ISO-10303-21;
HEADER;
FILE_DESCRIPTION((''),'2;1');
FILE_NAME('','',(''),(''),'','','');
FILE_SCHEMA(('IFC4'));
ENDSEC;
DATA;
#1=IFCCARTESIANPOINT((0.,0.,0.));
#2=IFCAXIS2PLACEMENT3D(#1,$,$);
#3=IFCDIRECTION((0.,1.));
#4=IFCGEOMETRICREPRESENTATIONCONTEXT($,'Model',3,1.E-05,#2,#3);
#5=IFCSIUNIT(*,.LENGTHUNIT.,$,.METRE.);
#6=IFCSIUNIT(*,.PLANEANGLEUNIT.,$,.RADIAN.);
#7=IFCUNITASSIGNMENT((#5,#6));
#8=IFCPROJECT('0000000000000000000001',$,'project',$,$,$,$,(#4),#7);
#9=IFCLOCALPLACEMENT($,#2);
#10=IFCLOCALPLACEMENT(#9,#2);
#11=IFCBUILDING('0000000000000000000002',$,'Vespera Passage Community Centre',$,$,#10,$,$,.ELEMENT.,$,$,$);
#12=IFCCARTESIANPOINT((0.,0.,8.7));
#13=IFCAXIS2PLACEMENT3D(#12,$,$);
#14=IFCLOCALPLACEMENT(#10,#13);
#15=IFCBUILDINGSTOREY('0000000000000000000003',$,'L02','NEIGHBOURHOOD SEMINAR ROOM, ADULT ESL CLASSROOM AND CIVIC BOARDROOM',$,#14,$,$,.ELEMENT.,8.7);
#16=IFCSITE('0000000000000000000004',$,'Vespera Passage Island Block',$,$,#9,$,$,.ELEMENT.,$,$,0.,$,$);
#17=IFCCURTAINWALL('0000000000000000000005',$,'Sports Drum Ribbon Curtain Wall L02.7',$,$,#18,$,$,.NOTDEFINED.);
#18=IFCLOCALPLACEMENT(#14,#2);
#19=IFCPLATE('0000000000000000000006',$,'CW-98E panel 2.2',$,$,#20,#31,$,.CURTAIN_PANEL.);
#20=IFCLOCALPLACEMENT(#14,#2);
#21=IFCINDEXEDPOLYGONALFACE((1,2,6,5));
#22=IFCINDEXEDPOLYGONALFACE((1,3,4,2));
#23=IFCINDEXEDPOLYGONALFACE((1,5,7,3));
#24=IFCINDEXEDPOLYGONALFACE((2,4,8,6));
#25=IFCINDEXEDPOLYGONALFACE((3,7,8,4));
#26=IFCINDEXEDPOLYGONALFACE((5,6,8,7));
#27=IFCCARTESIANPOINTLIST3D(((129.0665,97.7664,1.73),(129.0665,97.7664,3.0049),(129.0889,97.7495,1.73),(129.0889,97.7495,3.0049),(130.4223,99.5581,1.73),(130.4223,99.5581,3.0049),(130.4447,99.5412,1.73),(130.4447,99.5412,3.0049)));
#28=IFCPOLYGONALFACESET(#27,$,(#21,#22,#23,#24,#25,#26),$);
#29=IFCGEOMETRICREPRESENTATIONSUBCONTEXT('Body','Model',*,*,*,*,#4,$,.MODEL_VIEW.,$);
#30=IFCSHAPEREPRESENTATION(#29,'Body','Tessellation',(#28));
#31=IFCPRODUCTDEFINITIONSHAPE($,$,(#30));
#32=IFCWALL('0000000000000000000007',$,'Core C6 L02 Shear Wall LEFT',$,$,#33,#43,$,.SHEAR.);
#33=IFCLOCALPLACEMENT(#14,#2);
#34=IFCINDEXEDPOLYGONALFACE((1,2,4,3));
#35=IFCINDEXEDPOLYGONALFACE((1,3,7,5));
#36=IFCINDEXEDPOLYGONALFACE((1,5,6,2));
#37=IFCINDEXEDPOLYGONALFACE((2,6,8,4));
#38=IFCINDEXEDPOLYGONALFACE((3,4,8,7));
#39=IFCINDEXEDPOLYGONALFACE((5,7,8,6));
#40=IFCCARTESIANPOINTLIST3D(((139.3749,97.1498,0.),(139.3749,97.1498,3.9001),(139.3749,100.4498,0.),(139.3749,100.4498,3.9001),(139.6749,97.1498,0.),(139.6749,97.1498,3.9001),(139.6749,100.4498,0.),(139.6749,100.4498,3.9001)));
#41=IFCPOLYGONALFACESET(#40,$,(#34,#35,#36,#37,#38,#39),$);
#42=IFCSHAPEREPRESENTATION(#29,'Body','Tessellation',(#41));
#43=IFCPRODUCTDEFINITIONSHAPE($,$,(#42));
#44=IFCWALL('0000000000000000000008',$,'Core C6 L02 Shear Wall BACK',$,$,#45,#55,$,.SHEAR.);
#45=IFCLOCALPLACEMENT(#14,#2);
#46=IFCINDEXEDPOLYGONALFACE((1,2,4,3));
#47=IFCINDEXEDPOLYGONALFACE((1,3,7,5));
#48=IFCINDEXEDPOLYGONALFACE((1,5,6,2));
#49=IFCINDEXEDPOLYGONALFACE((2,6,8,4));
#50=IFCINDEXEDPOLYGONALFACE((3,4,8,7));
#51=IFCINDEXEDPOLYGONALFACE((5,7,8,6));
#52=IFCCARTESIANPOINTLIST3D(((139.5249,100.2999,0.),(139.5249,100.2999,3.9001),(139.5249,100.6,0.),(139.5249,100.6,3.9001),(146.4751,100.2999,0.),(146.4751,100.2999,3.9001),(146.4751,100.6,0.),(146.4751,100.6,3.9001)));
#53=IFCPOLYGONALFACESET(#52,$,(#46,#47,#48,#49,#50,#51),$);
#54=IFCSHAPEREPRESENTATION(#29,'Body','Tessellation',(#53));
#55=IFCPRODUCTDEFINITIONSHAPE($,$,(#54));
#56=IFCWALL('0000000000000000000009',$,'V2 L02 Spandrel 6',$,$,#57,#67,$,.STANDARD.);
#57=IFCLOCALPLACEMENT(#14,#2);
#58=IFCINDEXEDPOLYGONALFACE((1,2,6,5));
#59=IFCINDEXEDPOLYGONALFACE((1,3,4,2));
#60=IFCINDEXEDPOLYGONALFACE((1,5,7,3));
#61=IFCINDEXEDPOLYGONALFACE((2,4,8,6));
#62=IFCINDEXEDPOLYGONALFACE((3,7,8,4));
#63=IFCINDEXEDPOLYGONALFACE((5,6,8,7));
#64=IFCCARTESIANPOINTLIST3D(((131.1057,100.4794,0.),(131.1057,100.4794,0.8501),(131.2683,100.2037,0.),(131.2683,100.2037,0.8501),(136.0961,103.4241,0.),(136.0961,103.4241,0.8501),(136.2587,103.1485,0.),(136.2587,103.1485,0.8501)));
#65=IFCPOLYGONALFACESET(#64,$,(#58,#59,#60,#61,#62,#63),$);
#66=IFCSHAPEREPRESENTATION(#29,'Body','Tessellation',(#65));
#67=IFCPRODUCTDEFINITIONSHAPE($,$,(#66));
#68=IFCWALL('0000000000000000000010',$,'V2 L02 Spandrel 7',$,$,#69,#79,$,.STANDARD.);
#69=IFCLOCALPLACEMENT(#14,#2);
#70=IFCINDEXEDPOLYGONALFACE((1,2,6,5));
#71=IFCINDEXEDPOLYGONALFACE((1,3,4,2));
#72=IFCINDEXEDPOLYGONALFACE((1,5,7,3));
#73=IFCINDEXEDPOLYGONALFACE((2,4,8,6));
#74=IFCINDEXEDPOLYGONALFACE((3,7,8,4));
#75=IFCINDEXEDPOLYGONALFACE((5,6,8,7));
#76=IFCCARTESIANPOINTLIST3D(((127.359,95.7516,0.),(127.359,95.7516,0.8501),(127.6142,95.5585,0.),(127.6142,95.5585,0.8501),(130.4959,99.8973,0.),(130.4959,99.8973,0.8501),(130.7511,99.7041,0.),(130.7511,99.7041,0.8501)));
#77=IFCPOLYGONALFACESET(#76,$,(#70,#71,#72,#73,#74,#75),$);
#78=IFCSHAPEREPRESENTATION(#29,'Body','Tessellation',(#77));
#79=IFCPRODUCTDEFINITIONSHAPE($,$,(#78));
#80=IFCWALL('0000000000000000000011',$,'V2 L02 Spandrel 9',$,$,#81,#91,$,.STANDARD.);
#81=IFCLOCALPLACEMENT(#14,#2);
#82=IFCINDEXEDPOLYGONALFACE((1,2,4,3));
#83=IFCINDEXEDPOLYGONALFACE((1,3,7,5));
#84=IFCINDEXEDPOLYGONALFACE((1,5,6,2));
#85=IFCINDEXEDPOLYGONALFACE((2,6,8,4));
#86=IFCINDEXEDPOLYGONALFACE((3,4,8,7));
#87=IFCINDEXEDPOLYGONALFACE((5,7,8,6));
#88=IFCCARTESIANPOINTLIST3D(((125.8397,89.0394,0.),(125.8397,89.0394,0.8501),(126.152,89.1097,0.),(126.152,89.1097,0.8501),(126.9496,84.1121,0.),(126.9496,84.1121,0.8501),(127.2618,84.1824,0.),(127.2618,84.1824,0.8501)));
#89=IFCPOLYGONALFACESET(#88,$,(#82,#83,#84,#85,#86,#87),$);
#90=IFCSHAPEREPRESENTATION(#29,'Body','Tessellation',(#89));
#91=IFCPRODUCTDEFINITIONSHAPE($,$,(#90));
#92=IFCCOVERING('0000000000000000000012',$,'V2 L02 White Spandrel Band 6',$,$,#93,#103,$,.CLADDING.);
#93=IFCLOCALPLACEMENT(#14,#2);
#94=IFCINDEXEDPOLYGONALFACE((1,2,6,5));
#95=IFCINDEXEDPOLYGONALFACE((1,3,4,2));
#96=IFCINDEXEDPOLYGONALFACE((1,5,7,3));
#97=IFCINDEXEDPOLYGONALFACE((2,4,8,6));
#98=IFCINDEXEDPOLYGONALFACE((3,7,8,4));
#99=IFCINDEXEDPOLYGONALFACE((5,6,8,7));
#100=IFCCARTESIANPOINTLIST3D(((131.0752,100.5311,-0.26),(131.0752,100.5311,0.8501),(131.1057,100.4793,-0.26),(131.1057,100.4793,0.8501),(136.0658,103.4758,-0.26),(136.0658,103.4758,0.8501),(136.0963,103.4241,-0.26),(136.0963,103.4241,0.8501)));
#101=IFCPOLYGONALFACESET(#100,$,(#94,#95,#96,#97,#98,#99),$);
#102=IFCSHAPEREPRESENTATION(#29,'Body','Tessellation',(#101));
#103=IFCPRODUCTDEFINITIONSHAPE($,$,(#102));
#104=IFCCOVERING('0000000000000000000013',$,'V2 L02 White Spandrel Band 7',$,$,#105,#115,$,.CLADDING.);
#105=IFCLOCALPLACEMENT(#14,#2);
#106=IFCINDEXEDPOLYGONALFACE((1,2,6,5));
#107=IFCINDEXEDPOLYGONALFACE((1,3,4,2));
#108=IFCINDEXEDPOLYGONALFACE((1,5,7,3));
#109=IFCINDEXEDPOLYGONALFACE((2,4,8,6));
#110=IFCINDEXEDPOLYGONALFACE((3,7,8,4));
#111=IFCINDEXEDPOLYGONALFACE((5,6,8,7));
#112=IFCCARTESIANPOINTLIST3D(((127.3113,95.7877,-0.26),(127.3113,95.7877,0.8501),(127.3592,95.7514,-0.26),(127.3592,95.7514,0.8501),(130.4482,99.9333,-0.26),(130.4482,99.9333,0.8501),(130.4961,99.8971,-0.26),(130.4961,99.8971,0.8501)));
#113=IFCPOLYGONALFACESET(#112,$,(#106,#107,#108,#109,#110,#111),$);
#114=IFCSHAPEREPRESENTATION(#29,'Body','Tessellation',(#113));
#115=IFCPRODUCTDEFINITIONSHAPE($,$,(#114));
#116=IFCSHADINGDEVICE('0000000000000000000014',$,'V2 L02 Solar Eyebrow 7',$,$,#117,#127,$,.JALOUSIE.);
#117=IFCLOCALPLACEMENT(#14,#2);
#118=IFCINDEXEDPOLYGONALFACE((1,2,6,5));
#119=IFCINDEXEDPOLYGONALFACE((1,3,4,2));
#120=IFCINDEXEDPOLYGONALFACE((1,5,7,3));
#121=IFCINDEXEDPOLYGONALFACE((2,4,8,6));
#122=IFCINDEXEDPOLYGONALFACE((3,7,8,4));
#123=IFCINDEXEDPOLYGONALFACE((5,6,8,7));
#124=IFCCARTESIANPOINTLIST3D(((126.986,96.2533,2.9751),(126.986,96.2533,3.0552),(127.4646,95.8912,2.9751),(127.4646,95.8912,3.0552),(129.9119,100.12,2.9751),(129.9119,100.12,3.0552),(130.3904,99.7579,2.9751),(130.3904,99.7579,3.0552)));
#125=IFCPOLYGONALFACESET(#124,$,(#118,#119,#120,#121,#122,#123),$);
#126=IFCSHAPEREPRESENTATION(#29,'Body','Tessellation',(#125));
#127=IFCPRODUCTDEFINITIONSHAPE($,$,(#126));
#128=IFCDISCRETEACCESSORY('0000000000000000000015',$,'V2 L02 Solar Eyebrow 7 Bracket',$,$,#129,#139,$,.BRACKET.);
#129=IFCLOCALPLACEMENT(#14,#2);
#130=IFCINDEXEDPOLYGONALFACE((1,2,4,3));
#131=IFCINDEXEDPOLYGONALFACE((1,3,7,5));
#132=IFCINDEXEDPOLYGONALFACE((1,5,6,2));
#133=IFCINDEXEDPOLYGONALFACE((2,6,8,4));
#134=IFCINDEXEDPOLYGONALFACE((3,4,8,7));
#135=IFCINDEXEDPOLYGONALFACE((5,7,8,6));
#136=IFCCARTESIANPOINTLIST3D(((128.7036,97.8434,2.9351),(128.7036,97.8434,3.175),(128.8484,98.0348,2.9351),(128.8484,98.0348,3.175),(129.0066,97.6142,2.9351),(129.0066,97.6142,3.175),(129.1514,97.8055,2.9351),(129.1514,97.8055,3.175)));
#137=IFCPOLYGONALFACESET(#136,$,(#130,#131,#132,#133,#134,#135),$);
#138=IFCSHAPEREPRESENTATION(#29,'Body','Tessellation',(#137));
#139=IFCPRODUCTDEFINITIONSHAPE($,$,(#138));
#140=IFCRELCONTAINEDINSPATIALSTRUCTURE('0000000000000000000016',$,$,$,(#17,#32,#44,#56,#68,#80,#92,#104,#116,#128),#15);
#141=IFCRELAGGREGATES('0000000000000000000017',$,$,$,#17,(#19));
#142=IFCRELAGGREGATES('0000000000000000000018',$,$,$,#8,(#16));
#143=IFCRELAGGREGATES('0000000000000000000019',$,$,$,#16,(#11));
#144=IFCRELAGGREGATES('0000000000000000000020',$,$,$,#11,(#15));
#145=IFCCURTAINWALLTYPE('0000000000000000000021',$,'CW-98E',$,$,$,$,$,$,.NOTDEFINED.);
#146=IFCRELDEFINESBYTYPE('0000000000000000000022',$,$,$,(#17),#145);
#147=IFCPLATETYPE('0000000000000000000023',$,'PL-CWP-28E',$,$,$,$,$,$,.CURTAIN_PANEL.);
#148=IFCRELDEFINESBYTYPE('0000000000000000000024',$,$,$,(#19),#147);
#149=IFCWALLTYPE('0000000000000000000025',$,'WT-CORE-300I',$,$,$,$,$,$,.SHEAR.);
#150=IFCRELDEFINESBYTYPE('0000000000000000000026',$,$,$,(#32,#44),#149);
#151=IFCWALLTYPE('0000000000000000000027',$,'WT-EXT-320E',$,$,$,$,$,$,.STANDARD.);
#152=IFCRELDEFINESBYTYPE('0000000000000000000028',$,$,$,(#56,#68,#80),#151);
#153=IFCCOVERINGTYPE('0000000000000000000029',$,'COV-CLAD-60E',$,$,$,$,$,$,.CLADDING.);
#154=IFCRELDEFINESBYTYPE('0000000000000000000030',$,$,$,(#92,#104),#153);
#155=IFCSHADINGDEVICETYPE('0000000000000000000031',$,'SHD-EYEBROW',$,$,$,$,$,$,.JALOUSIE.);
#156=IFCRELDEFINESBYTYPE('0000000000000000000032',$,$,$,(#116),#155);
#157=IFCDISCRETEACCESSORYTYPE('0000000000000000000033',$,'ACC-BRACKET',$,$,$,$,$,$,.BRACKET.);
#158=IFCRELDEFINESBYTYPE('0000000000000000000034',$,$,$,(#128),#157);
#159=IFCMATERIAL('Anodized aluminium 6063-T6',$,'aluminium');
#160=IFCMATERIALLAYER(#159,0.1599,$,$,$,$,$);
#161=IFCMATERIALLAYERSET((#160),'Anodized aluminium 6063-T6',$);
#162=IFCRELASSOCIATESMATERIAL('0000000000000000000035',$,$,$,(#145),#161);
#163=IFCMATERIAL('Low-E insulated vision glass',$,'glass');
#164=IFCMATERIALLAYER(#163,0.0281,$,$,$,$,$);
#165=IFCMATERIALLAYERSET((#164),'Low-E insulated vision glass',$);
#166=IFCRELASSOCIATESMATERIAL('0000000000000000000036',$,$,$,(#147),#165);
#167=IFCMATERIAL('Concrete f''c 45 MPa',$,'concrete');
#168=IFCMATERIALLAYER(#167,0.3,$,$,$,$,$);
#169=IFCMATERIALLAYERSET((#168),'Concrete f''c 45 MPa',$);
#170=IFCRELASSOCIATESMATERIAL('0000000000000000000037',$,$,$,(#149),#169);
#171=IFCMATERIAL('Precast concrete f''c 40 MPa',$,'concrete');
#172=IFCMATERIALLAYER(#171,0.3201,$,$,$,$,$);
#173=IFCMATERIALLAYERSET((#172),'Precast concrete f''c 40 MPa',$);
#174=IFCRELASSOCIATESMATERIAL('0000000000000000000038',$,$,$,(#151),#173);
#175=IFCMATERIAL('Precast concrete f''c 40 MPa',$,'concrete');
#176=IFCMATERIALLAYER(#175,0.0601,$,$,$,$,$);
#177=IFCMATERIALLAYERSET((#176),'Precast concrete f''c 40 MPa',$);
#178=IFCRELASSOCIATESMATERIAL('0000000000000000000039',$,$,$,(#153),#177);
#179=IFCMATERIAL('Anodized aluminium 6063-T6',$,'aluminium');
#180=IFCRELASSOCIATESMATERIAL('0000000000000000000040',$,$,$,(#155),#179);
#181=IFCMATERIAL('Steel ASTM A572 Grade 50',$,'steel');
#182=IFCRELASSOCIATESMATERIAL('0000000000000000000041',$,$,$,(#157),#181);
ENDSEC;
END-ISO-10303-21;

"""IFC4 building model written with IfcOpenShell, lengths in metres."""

from ifc_helpers import new_model, si_unit, direction, frame, frame_2d, origin, origin_2d, place, context, subcontext, project, spatial, rectangle, extrude, material, layer, layer_set, type_object, element, aggregate, save


model = new_model("IFC4")

# Units and contexts
model_context = context("Model", 3, precision=1e-05, world=origin(), true_north=direction((0.0, 1.0)))
body_context = subcontext(model_context, "Body", "Model", "MODEL_VIEW")
ifc_project = project(units=[si_unit("LENGTHUNIT", "METRE"), si_unit("PLANEANGLEUNIT", "RADIAN")], contexts=[model_context])

# Site, building, storey
site_placement = place(None, origin())
site = spatial("IfcSite", under=ifc_project, at=site_placement, Name="Vespera Passage Island Block", CompositionType="ELEMENT", RefElevation=0.0)
building_placement = place(site_placement, origin())
building = spatial("IfcBuilding", under=site, at=building_placement, Name="Vespera Passage Community Centre", CompositionType="ELEMENT")
storey_placement = place(building_placement, frame((0.0, 0.0, 8.7)))
storey = spatial("IfcBuildingStorey", under=building, at=storey_placement, Name="L02", Description="NEIGHBOURHOOD SEMINAR ROOM, ADULT ESL CLASSROOM AND CIVIC BOARDROOM", CompositionType="ELEMENT", Elevation=8.7)

# Curtain wall
ifc_material_1 = material(Name="Anodized aluminium 6063-T6", Category="aluminium")
ifc_layer_1 = layer(ifc_material_1, 0.1599)
ifc_layer_set_1 = layer_set([ifc_layer_1], Name="Anodized aluminium 6063-T6")
curtain_wall_type_1 = type_object("IfcCurtainWallType", Name="CW-98E", PredefinedType="NOTDEFINED", material=ifc_layer_set_1)
curtain_wall_1_placement = place(storey_placement, origin())
curtain_wall_1 = element("IfcCurtainWall", 1, at=curtain_wall_1_placement, inside=storey, type_object=curtain_wall_type_1, Name="Sports Drum Ribbon Curtain Wall L02.7", PredefinedType="NOTDEFINED")

# Plate
ifc_material_2 = material(Name="Low-E insulated vision glass", Category="glass")
ifc_layer_2 = layer(ifc_material_2, 0.0281)
ifc_layer_set_2 = layer_set([ifc_layer_2], Name="Low-E insulated vision glass")
plate_type = type_object("IfcPlateType", Name="PL-CWP-28E", PredefinedType="CURTAIN_PANEL", material=ifc_layer_set_2)
plate_1_placement = place(storey_placement, frame((129.7556, 98.6538, 1.73), z_axis=(0.0, 0.0, 1.0), x_axis=(0.603406, 0.797434, 0.0)))
plate_1 = element("IfcPlate", 2, at=plate_1_placement, type_object=plate_type, Name="CW-98E panel 2.2", PredefinedType="CURTAIN_PANEL", context=body_context, shape_type="SweptSolid", body=[
    extrude(rectangle(XDim=2.2468, YDim=0.0281, at=origin_2d()), origin(), (0.0, 0.0, 1.0), 1.2749),
])
aggregate(curtain_wall_1, [plate_1])

# Walls
ifc_material_3 = material(Name="Concrete f'c 45 MPa", Category="concrete")
ifc_layer_3 = layer(ifc_material_3, 0.3)
ifc_layer_set_3 = layer_set([ifc_layer_3], Name="Concrete f'c 45 MPa")
wall_type_1 = type_object("IfcWallType", Name="WT-CORE-300I", PredefinedType="SHEAR", material=ifc_layer_set_3)
wall_1_placement = place(storey_placement, frame((139.5249, 97.1499, 0.0), z_axis=(0.0, 0.0, 1.0), x_axis=(0.0, 1.0, 0.0)))
element("IfcWall", 3, at=wall_1_placement, inside=storey, type_object=wall_type_1, Name="Core C6 L02 Shear Wall LEFT", PredefinedType="SHEAR", context=body_context, shape_type="SweptSolid", body=[
    extrude(rectangle(XDim=3.3, YDim=0.3, at=frame_2d((1.6499, 0.0))), origin(), (0.0, 0.0, 1.0), 3.9001),
])
wall_2_placement = place(storey_placement, frame((139.5249, 100.45, 0.0), z_axis=(0.0, 0.0, 1.0), x_axis=(1.0, 0.0, 0.0)))
element("IfcWall", 4, at=wall_2_placement, inside=storey, type_object=wall_type_1, Name="Core C6 L02 Shear Wall BACK", PredefinedType="SHEAR", context=body_context, shape_type="SweptSolid", body=[
    extrude(rectangle(XDim=6.9502, YDim=0.3, at=frame_2d((3.4751, 0.0))), origin(), (0.0, 0.0, 1.0), 3.9001),
])
ifc_material_4 = material(Name="Precast concrete f'c 40 MPa", Category="concrete")
ifc_layer_4 = layer(ifc_material_4, 0.3201)
ifc_layer_set_4 = layer_set([ifc_layer_4], Name="Precast concrete f'c 40 MPa")
wall_type_2 = type_object("IfcWallType", Name="WT-EXT-320E", PredefinedType="STANDARD", material=ifc_layer_set_4)
wall_3_placement = place(storey_placement, frame((131.187, 100.3416, 0.0), z_axis=(0.0, 0.0, 1.0), x_axis=(0.861236, 0.508205, 0.0)))
element("IfcWall", 5, at=wall_3_placement, inside=storey, type_object=wall_type_2, Name="V2 L02 Spandrel 6", PredefinedType="STANDARD", context=body_context, shape_type="SweptSolid", body=[
    extrude(rectangle(XDim=5.7944, YDim=0.3201, at=frame_2d((2.8972, 0.0))), origin(), (0.0, 0.0, 1.0), 0.8501),
])
wall_4_placement = place(storey_placement, frame((127.4866, 95.655, 0.0), z_axis=(0.0, 0.0, 1.0), x_axis=(0.603398, 0.79744, 0.0)))
element("IfcWall", 6, at=wall_4_placement, inside=storey, type_object=wall_type_2, Name="V2 L02 Spandrel 7", PredefinedType="STANDARD", context=body_context, shape_type="SweptSolid", body=[
    extrude(rectangle(XDim=5.1987, YDim=0.3201, at=frame_2d((2.5994, 0.0))), origin(), (0.0, 0.0, 1.0), 0.8501),
])
wall_5_placement = place(storey_placement, frame((127.1057, 84.1472, 0.0), z_axis=(0.0, 0.0, 1.0), x_axis=(-0.219745, 0.975557, 0.0)))
element("IfcWall", 7, at=wall_5_placement, inside=storey, type_object=wall_type_2, Name="V2 L02 Spandrel 9", PredefinedType="STANDARD", context=body_context, shape_type="SweptSolid", body=[
    extrude(rectangle(XDim=5.0508, YDim=0.3201, at=frame_2d((2.5254, 0.0))), origin(), (0.0, 0.0, 1.0), 0.8501),
])

# Coverings
ifc_material_5 = material(Name="Precast concrete f'c 40 MPa", Category="concrete")
ifc_layer_5 = layer(ifc_material_5, 0.0601)
ifc_layer_set_5 = layer_set([ifc_layer_5], Name="Precast concrete f'c 40 MPa")
covering_type = type_object("IfcCoveringType", Name="COV-CLAD-60E", PredefinedType="CLADDING", material=ifc_layer_set_5)
covering_1_placement = place(storey_placement, frame((131.0903, 100.5051, -0.26), z_axis=(0.0, 0.0, 1.0), x_axis=(0.861247, 0.508187, 0.0)))
element("IfcCovering", 8, at=covering_1_placement, inside=storey, type_object=covering_type, Name="V2 L02 White Spandrel Band 6", PredefinedType="CLADDING", context=body_context, shape_type="SweptSolid", body=[
    extrude(rectangle(XDim=5.7947, YDim=0.0601, at=frame_2d((2.8975, 0.0))), origin(), (0.0, 0.0, 1.0), 1.1101),
])
covering_2_placement = place(storey_placement, frame((127.3352, 95.7695, -0.26), z_axis=(0.0, 0.0, 1.0), x_axis=(0.603398, 0.79744, 0.0)))
element("IfcCovering", 9, at=covering_2_placement, inside=storey, type_object=covering_type, Name="V2 L02 White Spandrel Band 7", PredefinedType="CLADDING", context=body_context, shape_type="SweptSolid", body=[
    extrude(rectangle(XDim=5.1987, YDim=0.0601, at=frame_2d((2.5994, 0.0))), origin(), (0.0, 0.0, 1.0), 1.1101),
])

# Shading device
ifc_material_6 = material(Name="Anodized aluminium 6063-T6", Category="aluminium")
shading_device_type = type_object("IfcShadingDeviceType", Name="SHD-EYEBROW", PredefinedType="JALOUSIE", material=ifc_material_6)
shading_device_placement = place(storey_placement, frame((128.6882, 98.0056, 2.9751), z_axis=(0.0, 0.0, 1.0), x_axis=(0.603403, 0.797437, 0.0)))
element("IfcShadingDevice", 10, at=shading_device_placement, inside=storey, type_object=shading_device_type, Name="V2 L02 Solar Eyebrow 7", PredefinedType="JALOUSIE", context=body_context, shape_type="SweptSolid", body=[
    extrude(rectangle(XDim=4.8489, YDim=0.6001, at=origin_2d()), origin(), (0.0, 0.0, 1.0), 0.0801),
])

# Discrete accessory
ifc_material_7 = material(Name="Steel ASTM A572 Grade 50", Category="steel")
discrete_accessory_type = type_object("IfcDiscreteAccessoryType", Name="ACC-BRACKET", PredefinedType="BRACKET", material=ifc_material_7)
discrete_accessory_placement = place(storey_placement, frame((128.9275, 97.8245, 2.9351), z_axis=(0.0, 0.0, 1.0), x_axis=(0.603403, 0.797437, 0.0)))
element("IfcDiscreteAccessory", 11, at=discrete_accessory_placement, inside=storey, type_object=discrete_accessory_type, Name="V2 L02 Solar Eyebrow 7 Bracket", PredefinedType="BRACKET", context=body_context, shape_type="SweptSolid", body=[
    extrude(rectangle(XDim=0.24, YDim=0.3799, at=origin_2d()), origin(), (0.0, 0.0, 1.0), 0.24),
])

save(model, "model.ifc")
